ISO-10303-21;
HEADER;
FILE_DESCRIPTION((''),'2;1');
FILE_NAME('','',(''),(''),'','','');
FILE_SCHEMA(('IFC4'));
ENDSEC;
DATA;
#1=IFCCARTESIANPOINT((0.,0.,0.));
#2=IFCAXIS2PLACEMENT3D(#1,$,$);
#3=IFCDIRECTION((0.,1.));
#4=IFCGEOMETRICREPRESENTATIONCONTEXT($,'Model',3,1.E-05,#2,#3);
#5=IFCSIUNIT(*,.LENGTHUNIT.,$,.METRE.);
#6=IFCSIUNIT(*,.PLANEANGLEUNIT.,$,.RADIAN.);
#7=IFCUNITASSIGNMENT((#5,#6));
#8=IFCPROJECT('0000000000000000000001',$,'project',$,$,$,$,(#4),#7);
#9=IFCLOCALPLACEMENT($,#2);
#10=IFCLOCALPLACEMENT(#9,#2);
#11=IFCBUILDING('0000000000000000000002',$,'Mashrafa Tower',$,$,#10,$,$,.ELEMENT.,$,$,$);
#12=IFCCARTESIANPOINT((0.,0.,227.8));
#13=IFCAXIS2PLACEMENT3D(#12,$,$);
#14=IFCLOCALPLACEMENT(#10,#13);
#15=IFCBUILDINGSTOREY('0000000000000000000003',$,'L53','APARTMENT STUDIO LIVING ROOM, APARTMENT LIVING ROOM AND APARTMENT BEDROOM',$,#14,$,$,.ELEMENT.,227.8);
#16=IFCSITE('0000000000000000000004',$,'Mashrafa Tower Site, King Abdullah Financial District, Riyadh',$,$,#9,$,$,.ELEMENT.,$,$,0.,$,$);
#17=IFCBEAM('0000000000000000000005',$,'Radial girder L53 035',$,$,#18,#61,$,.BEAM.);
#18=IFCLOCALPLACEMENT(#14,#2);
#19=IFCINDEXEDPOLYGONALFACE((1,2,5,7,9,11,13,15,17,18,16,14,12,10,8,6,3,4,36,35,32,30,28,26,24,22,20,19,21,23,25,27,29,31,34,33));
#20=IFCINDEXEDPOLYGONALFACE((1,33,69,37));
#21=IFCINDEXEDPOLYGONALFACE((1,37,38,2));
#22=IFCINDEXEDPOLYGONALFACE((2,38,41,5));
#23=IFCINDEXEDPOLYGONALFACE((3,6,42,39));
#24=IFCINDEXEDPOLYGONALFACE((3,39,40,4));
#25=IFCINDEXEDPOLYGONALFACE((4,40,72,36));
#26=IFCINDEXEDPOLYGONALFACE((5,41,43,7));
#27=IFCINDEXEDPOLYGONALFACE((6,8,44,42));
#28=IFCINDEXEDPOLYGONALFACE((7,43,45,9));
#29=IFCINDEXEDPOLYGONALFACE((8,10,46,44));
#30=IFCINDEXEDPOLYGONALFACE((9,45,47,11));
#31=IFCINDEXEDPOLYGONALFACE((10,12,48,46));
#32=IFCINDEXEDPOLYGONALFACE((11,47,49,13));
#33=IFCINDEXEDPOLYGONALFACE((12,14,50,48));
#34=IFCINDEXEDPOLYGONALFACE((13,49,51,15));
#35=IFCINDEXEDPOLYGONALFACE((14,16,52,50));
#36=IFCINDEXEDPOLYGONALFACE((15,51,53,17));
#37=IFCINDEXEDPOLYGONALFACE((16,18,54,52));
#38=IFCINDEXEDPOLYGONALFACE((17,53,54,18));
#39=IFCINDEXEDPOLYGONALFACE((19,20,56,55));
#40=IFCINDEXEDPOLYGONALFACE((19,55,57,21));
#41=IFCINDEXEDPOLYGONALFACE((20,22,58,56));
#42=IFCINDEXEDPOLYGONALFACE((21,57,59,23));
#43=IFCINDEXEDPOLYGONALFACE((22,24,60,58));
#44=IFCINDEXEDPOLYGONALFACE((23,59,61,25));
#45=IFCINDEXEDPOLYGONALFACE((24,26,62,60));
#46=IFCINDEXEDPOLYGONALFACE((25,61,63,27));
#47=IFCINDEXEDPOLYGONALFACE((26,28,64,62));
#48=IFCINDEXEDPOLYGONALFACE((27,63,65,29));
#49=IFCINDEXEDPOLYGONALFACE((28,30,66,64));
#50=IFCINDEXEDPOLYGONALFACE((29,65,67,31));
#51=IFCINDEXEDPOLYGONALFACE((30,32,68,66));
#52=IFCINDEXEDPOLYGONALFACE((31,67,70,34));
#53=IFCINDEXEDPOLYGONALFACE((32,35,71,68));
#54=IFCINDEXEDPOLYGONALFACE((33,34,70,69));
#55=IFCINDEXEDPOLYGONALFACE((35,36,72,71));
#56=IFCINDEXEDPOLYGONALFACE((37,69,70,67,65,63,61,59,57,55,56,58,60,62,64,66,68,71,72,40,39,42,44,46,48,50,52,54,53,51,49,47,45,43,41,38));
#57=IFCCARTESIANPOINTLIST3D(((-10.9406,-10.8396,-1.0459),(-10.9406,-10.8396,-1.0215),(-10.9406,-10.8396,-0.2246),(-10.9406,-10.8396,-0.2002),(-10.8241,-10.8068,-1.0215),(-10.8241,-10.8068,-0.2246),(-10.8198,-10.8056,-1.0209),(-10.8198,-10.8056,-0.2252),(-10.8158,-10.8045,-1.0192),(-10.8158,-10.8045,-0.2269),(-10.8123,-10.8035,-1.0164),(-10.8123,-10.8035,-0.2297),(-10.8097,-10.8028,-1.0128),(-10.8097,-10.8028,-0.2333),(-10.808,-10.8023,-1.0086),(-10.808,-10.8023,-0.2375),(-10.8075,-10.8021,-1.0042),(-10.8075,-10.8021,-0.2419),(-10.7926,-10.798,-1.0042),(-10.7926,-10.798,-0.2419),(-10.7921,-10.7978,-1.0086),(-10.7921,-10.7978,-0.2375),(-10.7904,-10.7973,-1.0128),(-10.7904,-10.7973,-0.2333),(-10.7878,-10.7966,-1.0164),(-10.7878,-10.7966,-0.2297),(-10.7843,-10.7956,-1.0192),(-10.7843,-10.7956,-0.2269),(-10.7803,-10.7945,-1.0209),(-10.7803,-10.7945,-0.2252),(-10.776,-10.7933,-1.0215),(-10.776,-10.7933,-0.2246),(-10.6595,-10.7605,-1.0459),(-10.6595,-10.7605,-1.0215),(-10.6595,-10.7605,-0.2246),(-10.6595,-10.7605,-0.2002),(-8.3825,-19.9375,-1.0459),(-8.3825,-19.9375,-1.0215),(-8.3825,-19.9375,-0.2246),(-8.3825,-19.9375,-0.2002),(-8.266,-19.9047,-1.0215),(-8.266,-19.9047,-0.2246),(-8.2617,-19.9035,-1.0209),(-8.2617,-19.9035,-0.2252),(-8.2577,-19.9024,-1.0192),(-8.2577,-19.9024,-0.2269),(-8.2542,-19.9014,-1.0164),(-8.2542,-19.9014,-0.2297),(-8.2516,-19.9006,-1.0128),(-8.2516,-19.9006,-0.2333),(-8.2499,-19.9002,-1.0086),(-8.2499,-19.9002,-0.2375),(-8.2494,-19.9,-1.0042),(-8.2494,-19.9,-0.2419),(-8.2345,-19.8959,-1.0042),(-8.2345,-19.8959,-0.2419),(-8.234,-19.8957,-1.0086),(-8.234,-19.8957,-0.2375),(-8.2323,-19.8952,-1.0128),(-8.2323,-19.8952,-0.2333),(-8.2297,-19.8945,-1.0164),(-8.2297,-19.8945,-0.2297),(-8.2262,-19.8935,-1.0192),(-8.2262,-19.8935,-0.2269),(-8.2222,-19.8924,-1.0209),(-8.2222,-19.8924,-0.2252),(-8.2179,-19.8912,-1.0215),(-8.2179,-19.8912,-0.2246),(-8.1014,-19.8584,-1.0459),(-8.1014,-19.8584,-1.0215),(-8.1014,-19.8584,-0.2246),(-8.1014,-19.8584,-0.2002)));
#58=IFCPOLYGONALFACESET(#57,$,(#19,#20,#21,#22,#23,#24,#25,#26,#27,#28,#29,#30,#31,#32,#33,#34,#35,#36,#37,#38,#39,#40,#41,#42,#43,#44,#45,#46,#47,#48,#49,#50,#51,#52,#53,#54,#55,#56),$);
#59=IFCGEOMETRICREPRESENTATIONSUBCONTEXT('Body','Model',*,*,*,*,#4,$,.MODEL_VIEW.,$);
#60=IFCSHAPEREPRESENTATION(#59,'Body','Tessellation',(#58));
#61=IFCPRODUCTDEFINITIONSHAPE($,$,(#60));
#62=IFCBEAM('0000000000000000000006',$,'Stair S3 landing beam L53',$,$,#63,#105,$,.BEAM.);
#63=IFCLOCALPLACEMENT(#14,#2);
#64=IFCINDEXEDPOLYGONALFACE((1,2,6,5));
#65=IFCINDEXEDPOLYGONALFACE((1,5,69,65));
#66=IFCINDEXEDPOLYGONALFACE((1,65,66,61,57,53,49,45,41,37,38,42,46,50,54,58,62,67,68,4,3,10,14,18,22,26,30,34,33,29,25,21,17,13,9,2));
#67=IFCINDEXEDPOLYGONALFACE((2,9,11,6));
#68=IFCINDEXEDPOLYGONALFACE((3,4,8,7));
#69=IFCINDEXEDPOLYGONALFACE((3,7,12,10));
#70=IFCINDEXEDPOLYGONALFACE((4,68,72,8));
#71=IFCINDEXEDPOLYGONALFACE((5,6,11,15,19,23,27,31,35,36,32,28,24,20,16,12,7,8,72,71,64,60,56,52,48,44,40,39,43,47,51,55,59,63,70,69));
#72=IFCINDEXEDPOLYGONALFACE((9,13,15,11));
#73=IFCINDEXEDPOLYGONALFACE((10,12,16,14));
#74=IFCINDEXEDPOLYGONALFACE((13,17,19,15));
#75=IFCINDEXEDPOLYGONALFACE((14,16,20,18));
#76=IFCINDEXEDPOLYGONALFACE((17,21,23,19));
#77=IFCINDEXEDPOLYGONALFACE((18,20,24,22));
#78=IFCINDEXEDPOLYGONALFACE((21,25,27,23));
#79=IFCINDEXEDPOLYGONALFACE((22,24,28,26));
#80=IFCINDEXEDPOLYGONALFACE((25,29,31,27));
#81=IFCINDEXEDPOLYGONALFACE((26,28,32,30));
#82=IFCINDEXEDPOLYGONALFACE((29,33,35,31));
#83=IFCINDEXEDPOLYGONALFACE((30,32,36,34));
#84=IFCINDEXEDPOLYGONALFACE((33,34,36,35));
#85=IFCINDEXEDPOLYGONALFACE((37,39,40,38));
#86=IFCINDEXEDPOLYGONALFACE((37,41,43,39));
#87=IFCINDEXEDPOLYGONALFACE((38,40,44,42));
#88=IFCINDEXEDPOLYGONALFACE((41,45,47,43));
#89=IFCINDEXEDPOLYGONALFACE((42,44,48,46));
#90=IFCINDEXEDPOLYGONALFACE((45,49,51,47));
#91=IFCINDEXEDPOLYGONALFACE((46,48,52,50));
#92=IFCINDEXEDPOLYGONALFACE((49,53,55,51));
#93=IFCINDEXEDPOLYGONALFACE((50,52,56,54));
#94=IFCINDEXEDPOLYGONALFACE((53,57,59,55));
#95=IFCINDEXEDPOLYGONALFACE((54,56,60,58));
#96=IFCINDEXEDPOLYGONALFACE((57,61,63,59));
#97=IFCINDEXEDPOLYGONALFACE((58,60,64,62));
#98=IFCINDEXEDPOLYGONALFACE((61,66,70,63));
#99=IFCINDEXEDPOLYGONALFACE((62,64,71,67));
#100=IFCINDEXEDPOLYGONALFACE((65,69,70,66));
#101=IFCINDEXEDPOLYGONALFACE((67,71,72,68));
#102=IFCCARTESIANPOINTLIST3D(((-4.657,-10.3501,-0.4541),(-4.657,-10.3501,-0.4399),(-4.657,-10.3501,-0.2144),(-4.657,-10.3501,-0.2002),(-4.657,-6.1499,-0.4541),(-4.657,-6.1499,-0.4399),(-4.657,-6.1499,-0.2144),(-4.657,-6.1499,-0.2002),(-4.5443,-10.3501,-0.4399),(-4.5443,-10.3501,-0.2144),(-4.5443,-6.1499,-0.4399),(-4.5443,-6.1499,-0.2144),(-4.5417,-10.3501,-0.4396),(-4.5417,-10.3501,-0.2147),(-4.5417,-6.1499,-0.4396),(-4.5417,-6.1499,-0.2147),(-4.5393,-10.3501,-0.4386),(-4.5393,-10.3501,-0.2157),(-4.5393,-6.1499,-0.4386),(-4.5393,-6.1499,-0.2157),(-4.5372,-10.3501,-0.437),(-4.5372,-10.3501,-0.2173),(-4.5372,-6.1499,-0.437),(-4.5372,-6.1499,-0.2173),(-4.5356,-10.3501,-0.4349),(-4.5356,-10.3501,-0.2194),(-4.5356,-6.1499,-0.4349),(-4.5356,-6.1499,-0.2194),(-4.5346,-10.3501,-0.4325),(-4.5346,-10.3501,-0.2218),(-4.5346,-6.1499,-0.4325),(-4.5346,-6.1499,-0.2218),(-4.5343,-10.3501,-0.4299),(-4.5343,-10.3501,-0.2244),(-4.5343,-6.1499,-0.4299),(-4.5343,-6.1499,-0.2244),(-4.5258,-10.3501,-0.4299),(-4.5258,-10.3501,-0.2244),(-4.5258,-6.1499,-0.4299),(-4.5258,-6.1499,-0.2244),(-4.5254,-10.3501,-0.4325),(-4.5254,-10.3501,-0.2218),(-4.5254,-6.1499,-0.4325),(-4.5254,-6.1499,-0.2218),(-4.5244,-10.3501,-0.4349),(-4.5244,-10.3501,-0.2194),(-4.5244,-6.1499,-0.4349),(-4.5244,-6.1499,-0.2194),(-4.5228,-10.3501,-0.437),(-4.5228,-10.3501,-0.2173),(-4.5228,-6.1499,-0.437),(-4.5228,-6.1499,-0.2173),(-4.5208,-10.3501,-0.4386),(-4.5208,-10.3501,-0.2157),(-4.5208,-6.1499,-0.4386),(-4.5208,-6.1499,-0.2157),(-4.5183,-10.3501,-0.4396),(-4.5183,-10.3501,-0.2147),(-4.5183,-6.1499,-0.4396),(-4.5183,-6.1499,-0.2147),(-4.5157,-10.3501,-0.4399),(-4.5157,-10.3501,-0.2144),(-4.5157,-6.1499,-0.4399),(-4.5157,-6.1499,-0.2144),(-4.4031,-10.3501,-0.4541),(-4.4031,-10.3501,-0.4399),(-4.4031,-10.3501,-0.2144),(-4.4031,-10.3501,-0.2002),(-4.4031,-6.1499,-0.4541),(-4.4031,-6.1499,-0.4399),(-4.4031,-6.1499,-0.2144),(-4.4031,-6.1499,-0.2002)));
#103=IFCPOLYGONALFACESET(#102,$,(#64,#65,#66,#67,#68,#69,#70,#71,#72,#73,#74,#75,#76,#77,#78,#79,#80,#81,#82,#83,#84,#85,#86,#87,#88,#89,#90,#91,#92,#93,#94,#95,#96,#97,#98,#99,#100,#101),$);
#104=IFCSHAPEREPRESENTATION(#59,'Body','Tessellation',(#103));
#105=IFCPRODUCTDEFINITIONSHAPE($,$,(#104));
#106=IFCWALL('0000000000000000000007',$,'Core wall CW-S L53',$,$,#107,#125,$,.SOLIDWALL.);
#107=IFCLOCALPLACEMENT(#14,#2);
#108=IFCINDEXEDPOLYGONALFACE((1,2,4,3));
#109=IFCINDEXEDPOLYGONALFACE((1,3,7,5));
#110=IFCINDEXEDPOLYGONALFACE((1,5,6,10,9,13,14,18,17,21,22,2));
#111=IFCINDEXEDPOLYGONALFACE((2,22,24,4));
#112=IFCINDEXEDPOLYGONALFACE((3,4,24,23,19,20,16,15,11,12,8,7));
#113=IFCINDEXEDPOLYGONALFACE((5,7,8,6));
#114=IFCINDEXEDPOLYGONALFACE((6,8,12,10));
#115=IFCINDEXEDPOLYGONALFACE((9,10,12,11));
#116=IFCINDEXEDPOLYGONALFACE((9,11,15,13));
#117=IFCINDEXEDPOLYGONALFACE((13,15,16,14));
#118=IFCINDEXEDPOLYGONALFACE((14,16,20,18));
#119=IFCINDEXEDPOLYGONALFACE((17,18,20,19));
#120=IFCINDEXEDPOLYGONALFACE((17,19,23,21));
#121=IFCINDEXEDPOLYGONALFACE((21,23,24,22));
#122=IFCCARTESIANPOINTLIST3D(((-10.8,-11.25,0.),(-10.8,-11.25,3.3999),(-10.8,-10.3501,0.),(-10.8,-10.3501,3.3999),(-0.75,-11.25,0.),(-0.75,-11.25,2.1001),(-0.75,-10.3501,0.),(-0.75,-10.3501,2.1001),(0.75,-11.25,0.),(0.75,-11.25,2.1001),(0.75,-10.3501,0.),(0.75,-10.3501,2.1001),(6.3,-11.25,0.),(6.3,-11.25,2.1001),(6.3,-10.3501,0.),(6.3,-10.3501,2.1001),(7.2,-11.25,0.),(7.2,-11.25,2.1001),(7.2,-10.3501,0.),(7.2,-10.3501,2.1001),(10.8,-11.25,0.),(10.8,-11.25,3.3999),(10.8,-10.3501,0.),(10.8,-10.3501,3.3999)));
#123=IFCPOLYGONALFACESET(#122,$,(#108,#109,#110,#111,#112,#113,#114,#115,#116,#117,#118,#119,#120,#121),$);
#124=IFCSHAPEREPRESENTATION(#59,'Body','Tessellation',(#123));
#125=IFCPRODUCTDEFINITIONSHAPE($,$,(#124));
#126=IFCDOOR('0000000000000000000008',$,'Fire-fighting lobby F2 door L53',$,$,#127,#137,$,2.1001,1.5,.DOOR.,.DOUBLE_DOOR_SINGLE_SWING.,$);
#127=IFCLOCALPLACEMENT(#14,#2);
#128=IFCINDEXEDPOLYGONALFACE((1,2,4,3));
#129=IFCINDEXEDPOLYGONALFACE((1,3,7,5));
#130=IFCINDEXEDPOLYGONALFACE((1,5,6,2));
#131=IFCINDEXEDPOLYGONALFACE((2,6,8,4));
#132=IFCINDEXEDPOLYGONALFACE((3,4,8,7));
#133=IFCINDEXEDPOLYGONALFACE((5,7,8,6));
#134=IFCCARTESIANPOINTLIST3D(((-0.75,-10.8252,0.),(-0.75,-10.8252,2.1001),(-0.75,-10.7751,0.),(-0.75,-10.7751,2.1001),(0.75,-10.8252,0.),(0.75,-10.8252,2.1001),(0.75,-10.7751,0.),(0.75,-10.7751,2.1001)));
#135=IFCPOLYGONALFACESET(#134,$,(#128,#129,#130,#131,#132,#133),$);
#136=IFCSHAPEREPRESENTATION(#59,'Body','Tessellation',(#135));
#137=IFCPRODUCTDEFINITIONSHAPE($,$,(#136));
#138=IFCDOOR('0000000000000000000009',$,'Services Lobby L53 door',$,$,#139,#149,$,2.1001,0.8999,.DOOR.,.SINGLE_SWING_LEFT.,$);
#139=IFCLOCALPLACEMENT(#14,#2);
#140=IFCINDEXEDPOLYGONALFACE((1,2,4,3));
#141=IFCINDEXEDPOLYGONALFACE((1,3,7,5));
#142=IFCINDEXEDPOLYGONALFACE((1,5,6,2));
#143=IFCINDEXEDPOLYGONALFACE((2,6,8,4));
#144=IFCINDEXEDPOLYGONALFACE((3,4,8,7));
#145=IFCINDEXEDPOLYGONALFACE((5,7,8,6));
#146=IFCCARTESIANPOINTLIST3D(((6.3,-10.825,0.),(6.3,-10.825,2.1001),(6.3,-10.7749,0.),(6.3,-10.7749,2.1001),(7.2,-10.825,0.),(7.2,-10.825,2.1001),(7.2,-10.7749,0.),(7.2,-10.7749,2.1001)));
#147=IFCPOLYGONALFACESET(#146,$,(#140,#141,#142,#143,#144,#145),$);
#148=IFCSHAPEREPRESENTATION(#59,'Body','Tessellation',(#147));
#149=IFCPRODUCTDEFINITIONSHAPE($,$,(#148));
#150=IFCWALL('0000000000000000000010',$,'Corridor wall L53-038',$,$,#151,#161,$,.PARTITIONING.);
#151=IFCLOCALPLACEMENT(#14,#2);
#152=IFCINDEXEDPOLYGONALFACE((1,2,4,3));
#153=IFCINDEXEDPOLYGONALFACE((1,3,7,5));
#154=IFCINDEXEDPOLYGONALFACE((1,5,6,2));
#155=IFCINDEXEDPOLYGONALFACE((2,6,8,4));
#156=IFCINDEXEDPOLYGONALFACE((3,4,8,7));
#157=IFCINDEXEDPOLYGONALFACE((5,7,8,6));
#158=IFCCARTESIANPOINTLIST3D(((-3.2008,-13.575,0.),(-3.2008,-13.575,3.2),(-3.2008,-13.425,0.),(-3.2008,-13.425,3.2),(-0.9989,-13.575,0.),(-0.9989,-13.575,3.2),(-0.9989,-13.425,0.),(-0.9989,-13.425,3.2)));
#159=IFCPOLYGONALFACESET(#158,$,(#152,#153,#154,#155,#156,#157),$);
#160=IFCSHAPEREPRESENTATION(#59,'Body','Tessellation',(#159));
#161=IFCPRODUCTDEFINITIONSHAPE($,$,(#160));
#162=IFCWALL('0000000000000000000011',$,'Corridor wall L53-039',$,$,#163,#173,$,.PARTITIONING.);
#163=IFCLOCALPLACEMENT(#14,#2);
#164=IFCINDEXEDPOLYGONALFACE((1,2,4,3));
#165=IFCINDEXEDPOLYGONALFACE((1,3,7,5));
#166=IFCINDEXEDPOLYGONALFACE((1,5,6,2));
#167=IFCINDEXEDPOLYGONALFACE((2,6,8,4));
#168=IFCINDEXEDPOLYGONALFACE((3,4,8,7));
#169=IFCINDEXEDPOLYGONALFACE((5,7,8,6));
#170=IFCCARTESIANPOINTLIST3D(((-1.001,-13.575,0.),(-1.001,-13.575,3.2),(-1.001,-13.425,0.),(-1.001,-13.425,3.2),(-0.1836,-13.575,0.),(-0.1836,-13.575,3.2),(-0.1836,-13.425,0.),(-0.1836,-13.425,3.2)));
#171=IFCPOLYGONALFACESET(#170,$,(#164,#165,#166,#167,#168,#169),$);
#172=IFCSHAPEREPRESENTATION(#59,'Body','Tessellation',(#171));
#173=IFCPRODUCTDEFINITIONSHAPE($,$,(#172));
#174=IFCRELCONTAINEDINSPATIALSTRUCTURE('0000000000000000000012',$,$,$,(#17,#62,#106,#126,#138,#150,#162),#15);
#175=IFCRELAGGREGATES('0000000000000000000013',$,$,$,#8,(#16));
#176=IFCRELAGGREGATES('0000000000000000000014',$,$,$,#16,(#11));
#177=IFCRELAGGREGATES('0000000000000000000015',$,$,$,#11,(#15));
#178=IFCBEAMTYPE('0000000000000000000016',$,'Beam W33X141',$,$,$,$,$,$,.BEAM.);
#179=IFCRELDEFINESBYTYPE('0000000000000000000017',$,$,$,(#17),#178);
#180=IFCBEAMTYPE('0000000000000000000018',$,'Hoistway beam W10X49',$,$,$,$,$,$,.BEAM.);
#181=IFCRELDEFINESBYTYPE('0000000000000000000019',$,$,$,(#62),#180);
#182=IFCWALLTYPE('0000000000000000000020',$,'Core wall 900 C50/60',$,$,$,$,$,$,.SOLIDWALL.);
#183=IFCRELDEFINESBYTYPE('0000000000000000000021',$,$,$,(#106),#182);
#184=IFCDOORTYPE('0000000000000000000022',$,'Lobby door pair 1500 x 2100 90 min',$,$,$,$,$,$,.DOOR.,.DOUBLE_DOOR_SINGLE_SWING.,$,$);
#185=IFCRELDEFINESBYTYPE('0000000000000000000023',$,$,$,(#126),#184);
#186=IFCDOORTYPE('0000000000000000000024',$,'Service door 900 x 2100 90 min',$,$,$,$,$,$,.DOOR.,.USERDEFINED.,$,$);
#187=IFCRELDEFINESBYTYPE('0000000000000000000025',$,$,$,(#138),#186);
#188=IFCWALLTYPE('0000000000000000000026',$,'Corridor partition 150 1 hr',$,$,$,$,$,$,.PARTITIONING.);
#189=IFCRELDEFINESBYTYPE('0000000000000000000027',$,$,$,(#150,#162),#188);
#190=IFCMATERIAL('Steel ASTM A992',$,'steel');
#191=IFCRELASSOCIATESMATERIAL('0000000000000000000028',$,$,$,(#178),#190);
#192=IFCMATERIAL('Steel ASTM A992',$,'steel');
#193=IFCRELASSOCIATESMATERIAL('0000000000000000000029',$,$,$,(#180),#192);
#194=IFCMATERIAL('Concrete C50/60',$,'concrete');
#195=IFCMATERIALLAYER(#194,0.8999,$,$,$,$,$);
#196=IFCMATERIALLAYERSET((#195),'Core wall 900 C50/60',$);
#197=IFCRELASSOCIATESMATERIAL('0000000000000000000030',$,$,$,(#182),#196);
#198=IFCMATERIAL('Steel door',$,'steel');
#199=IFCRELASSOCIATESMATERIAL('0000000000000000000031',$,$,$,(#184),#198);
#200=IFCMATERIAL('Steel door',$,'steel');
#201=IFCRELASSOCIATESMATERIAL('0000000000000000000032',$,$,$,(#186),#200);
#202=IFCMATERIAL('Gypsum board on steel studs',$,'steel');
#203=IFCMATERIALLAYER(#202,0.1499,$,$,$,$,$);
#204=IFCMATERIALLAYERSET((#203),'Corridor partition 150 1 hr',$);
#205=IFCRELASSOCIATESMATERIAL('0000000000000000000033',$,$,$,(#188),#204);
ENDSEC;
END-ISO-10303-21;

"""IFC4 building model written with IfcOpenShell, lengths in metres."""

from ifc_helpers import new_model, si_unit, direction, frame, frame_2d, origin, origin_2d, place, context, subcontext, project, spatial, rectangle, i_section, extrude, material, layer, layer_set, material_profile, profile_set, type_object, element, fill, save


model = new_model("IFC4")

# Units and contexts
model_context = context("Model", 3, precision=1e-05, world=origin(), true_north=direction((0.0, 1.0)))
body_context = subcontext(model_context, "Body", "Model", "MODEL_VIEW")
ifc_project = project(units=[si_unit("LENGTHUNIT", "METRE"), si_unit("PLANEANGLEUNIT", "RADIAN")], contexts=[model_context])

# Site, building, storey
site_placement = place(None, origin())
site = spatial("IfcSite", under=ifc_project, at=site_placement, Name="Mashrafa Tower Site, King Abdullah Financial District, Riyadh", CompositionType="ELEMENT", RefElevation=0.0)
building_placement = place(site_placement, origin())
building = spatial("IfcBuilding", under=site, at=building_placement, Name="Mashrafa Tower", CompositionType="ELEMENT")
storey_placement = place(building_placement, frame((0.0, 0.0, 227.8)))
storey = spatial("IfcBuildingStorey", under=building, at=storey_placement, Name="L53", Description="APARTMENT STUDIO LIVING ROOM, APARTMENT LIVING ROOM AND APARTMENT BEDROOM", CompositionType="ELEMENT", Elevation=227.8)

# Beams
ifc_material_1 = material(Name="Steel ASTM A992", Category="steel")
ifc_material_profile_1 = material_profile(ifc_material_1, i_section(OverallWidth=0.292, OverallDepth=0.8457, WebThickness=0.0154, FlangeThickness=0.0244, FilletRadius=0.0173, at=origin_2d()), Name="W33X141")
ifc_profile_set_1 = profile_set([ifc_material_profile_1], Name="Steel ASTM A992")
beam_type_1 = type_object("IfcBeamType", Name="Beam W33X141", PredefinedType="BEAM", material=ifc_profile_set_1)
for number, where, z_axis, x_axis, name in (
    (1, (-10.8, -10.8, -0.623), (0.270679, -0.96267, 0.0), (0.96267, 0.270679, 0.0), "Radial girder L53 035"),
):
    element("IfcBeam", number, at=place(storey_placement, frame(where, z_axis=z_axis, x_axis=x_axis)), inside=storey, type_object=beam_type_1, Name=name, PredefinedType="BEAM", context=body_context, shape_type="SweptSolid", body=[
        extrude(i_section(OverallWidth=0.292, OverallDepth=0.8457, WebThickness=0.0154, FlangeThickness=0.0244, FilletRadius=0.0173, at=origin_2d()), origin(), (0.0, 0.0, 1.0), 9.4507),
    ])
ifc_material_2 = material(Name="Steel ASTM A992", Category="steel")
ifc_material_profile_2 = material_profile(ifc_material_2, i_section(OverallWidth=0.2539, OverallDepth=0.2539, WebThickness=0.0085, FlangeThickness=0.0142, FilletRadius=0.01, at=origin_2d()), Name="W10X49")
ifc_profile_set_2 = profile_set([ifc_material_profile_2], Name="Steel ASTM A992")
beam_type_2 = type_object("IfcBeamType", Name="Hoistway beam W10X49", PredefinedType="BEAM", material=ifc_profile_set_2)
beam_1_placement = place(storey_placement, frame((-4.53, -10.3501, -0.3271), z_axis=(0.0, 1.0, 0.0), x_axis=(-1.0, 0.0, 0.0)))
element("IfcBeam", 2, at=beam_1_placement, inside=storey, type_object=beam_type_2, Name="Stair S3 landing beam L53", PredefinedType="BEAM", context=body_context, shape_type="SweptSolid", body=[
    extrude(i_section(OverallWidth=0.2539, OverallDepth=0.2539, WebThickness=0.0085, FlangeThickness=0.0142, FilletRadius=0.01, at=origin_2d()), origin(), (0.0, 0.0, 1.0), 4.2002),
])

# Wall, openings, doors
ifc_material_3 = material(Name="Concrete C50/60", Category="concrete")
ifc_layer_1 = layer(ifc_material_3, 0.8999)
ifc_layer_set_1 = layer_set([ifc_layer_1], Name="Core wall 900 C50/60")
wall_type_1 = type_object("IfcWallType", Name="Core wall 900 C50/60", PredefinedType="SOLIDWALL", material=ifc_layer_set_1)
wall_1_placement = place(storey_placement, frame((-10.8, -10.8, 0.0), z_axis=(0.0, 0.0, 1.0), x_axis=(1.0, 0.0, 0.0)))
wall_1 = element("IfcWall", 3, at=wall_1_placement, inside=storey, type_object=wall_type_1, Name="Core wall CW-S L53", PredefinedType="SOLIDWALL", context=body_context, shape_type="SweptSolid", body=[
    extrude(rectangle(XDim=21.6001, YDim=0.8999, at=frame_2d((10.8, 0.0))), origin(), (0.0, 0.0, 1.0), 3.3999),
])
opening_1_placement = place(wall_1_placement, frame((10.05, 0.0, 0.0)))
opening_1 = element("IfcOpeningElement", 4, at=opening_1_placement, cuts=wall_1, PredefinedType="OPENING", context=body_context, shape_type="SweptSolid", body=[
    extrude(rectangle(XDim=1.5, YDim=2.1001, at=frame_2d((0.75, 1.05))), frame((0.0, 0.46, 0.0), z_axis=(0.0, -1.0, 0.0), x_axis=(1.0, 0.0, 0.0)), (0.0, 0.0, 1.0), 0.9199),
])
opening_2_placement = place(wall_1_placement, frame((17.1001, 0.0, 0.0)))
opening_2 = element("IfcOpeningElement", 5, at=opening_2_placement, cuts=wall_1, PredefinedType="OPENING", context=body_context, shape_type="SweptSolid", body=[
    extrude(rectangle(XDim=0.8999, YDim=2.1001, at=frame_2d((0.45, 1.05))), frame((0.0, 0.46, 0.0), z_axis=(0.0, -1.0, 0.0), x_axis=(1.0, 0.0, 0.0)), (0.0, 0.0, 1.0), 0.9199),
])
ifc_material_4 = material(Name="Steel door", Category="steel")
door_type_1 = type_object("IfcDoorType", Name="Lobby door pair 1500 x 2100 90 min", OperationType="DOUBLE_DOOR_SINGLE_SWING", PredefinedType="DOOR", material=ifc_material_4)
door_1_placement = place(opening_1_placement, origin())
door_1 = element("IfcDoor", 6, at=door_1_placement, inside=storey, type_object=door_type_1, Name="Fire-fighting lobby F2 door L53", OperationType="DOUBLE_DOOR_SINGLE_SWING", OverallHeight=2.1001, OverallWidth=1.5, PredefinedType="DOOR", context=body_context, shape_type="SweptSolid", body=[
    extrude(rectangle(XDim=1.5, YDim=2.1001, at=frame_2d((0.75, 1.05))), frame((0.0, 0.0249, 0.0), z_axis=(0.0, -1.0, 0.0), x_axis=(1.0, 0.0, 0.0)), (0.0, 0.0, 1.0), 0.05),
])
fill(opening_1, door_1)
ifc_material_5 = material(Name="Steel door", Category="steel")
door_type_2 = type_object("IfcDoorType", Name="Service door 900 x 2100 90 min", OperationType="USERDEFINED", PredefinedType="DOOR", material=ifc_material_5)
door_2_placement = place(opening_2_placement, frame((0.8999, 0.0, 0.0), z_axis=(0.0, 0.0, 1.0), x_axis=(-1.0, 0.0, 0.0)))
door_2 = element("IfcDoor", 7, at=door_2_placement, inside=storey, type_object=door_type_2, Name="Services Lobby L53 door", OperationType="SINGLE_SWING_LEFT", OverallHeight=2.1001, OverallWidth=0.8999, PredefinedType="DOOR", context=body_context, shape_type="SweptSolid", body=[
    extrude(rectangle(XDim=0.8999, YDim=2.1001, at=frame_2d((0.45, 1.05))), frame((0.0, 0.0249, 0.0), z_axis=(0.0, -1.0, 0.0), x_axis=(1.0, 0.0, 0.0)), (0.0, 0.0, 1.0), 0.05),
])
fill(opening_2, door_2)

# Walls
ifc_material_6 = material(Name="Gypsum board on steel studs", Category="steel")
ifc_layer_2 = layer(ifc_material_6, 0.1499)
ifc_layer_set_2 = layer_set([ifc_layer_2], Name="Corridor partition 150 1 hr")
wall_type_2 = type_object("IfcWallType", Name="Corridor partition 150 1 hr", PredefinedType="PARTITIONING", material=ifc_layer_set_2)
wall_2_placement = place(storey_placement, frame((-3.2009, -13.5, 0.0), z_axis=(0.0, 0.0, 1.0), x_axis=(1.0, 0.0, 0.0)))
element("IfcWall", 8, at=wall_2_placement, inside=storey, type_object=wall_type_2, Name="Corridor wall L53-038", PredefinedType="PARTITIONING", context=body_context, shape_type="SweptSolid", body=[
    extrude(rectangle(XDim=2.2019, YDim=0.1499, at=frame_2d((1.1011, 0.0))), origin(), (0.0, 0.0, 1.0), 3.2),
])
wall_3_placement = place(storey_placement, frame((-1.001, -13.5, 0.0), z_axis=(0.0, 0.0, 1.0), x_axis=(1.0, 0.0, 0.0)))
element("IfcWall", 9, at=wall_3_placement, inside=storey, type_object=wall_type_2, Name="Corridor wall L53-039", PredefinedType="PARTITIONING", context=body_context, shape_type="SweptSolid", body=[
    extrude(rectangle(XDim=0.8174, YDim=0.1499, at=frame_2d((0.4087, 0.0))), origin(), (0.0, 0.0, 1.0), 3.2),
])

save(model, "model.ifc")
